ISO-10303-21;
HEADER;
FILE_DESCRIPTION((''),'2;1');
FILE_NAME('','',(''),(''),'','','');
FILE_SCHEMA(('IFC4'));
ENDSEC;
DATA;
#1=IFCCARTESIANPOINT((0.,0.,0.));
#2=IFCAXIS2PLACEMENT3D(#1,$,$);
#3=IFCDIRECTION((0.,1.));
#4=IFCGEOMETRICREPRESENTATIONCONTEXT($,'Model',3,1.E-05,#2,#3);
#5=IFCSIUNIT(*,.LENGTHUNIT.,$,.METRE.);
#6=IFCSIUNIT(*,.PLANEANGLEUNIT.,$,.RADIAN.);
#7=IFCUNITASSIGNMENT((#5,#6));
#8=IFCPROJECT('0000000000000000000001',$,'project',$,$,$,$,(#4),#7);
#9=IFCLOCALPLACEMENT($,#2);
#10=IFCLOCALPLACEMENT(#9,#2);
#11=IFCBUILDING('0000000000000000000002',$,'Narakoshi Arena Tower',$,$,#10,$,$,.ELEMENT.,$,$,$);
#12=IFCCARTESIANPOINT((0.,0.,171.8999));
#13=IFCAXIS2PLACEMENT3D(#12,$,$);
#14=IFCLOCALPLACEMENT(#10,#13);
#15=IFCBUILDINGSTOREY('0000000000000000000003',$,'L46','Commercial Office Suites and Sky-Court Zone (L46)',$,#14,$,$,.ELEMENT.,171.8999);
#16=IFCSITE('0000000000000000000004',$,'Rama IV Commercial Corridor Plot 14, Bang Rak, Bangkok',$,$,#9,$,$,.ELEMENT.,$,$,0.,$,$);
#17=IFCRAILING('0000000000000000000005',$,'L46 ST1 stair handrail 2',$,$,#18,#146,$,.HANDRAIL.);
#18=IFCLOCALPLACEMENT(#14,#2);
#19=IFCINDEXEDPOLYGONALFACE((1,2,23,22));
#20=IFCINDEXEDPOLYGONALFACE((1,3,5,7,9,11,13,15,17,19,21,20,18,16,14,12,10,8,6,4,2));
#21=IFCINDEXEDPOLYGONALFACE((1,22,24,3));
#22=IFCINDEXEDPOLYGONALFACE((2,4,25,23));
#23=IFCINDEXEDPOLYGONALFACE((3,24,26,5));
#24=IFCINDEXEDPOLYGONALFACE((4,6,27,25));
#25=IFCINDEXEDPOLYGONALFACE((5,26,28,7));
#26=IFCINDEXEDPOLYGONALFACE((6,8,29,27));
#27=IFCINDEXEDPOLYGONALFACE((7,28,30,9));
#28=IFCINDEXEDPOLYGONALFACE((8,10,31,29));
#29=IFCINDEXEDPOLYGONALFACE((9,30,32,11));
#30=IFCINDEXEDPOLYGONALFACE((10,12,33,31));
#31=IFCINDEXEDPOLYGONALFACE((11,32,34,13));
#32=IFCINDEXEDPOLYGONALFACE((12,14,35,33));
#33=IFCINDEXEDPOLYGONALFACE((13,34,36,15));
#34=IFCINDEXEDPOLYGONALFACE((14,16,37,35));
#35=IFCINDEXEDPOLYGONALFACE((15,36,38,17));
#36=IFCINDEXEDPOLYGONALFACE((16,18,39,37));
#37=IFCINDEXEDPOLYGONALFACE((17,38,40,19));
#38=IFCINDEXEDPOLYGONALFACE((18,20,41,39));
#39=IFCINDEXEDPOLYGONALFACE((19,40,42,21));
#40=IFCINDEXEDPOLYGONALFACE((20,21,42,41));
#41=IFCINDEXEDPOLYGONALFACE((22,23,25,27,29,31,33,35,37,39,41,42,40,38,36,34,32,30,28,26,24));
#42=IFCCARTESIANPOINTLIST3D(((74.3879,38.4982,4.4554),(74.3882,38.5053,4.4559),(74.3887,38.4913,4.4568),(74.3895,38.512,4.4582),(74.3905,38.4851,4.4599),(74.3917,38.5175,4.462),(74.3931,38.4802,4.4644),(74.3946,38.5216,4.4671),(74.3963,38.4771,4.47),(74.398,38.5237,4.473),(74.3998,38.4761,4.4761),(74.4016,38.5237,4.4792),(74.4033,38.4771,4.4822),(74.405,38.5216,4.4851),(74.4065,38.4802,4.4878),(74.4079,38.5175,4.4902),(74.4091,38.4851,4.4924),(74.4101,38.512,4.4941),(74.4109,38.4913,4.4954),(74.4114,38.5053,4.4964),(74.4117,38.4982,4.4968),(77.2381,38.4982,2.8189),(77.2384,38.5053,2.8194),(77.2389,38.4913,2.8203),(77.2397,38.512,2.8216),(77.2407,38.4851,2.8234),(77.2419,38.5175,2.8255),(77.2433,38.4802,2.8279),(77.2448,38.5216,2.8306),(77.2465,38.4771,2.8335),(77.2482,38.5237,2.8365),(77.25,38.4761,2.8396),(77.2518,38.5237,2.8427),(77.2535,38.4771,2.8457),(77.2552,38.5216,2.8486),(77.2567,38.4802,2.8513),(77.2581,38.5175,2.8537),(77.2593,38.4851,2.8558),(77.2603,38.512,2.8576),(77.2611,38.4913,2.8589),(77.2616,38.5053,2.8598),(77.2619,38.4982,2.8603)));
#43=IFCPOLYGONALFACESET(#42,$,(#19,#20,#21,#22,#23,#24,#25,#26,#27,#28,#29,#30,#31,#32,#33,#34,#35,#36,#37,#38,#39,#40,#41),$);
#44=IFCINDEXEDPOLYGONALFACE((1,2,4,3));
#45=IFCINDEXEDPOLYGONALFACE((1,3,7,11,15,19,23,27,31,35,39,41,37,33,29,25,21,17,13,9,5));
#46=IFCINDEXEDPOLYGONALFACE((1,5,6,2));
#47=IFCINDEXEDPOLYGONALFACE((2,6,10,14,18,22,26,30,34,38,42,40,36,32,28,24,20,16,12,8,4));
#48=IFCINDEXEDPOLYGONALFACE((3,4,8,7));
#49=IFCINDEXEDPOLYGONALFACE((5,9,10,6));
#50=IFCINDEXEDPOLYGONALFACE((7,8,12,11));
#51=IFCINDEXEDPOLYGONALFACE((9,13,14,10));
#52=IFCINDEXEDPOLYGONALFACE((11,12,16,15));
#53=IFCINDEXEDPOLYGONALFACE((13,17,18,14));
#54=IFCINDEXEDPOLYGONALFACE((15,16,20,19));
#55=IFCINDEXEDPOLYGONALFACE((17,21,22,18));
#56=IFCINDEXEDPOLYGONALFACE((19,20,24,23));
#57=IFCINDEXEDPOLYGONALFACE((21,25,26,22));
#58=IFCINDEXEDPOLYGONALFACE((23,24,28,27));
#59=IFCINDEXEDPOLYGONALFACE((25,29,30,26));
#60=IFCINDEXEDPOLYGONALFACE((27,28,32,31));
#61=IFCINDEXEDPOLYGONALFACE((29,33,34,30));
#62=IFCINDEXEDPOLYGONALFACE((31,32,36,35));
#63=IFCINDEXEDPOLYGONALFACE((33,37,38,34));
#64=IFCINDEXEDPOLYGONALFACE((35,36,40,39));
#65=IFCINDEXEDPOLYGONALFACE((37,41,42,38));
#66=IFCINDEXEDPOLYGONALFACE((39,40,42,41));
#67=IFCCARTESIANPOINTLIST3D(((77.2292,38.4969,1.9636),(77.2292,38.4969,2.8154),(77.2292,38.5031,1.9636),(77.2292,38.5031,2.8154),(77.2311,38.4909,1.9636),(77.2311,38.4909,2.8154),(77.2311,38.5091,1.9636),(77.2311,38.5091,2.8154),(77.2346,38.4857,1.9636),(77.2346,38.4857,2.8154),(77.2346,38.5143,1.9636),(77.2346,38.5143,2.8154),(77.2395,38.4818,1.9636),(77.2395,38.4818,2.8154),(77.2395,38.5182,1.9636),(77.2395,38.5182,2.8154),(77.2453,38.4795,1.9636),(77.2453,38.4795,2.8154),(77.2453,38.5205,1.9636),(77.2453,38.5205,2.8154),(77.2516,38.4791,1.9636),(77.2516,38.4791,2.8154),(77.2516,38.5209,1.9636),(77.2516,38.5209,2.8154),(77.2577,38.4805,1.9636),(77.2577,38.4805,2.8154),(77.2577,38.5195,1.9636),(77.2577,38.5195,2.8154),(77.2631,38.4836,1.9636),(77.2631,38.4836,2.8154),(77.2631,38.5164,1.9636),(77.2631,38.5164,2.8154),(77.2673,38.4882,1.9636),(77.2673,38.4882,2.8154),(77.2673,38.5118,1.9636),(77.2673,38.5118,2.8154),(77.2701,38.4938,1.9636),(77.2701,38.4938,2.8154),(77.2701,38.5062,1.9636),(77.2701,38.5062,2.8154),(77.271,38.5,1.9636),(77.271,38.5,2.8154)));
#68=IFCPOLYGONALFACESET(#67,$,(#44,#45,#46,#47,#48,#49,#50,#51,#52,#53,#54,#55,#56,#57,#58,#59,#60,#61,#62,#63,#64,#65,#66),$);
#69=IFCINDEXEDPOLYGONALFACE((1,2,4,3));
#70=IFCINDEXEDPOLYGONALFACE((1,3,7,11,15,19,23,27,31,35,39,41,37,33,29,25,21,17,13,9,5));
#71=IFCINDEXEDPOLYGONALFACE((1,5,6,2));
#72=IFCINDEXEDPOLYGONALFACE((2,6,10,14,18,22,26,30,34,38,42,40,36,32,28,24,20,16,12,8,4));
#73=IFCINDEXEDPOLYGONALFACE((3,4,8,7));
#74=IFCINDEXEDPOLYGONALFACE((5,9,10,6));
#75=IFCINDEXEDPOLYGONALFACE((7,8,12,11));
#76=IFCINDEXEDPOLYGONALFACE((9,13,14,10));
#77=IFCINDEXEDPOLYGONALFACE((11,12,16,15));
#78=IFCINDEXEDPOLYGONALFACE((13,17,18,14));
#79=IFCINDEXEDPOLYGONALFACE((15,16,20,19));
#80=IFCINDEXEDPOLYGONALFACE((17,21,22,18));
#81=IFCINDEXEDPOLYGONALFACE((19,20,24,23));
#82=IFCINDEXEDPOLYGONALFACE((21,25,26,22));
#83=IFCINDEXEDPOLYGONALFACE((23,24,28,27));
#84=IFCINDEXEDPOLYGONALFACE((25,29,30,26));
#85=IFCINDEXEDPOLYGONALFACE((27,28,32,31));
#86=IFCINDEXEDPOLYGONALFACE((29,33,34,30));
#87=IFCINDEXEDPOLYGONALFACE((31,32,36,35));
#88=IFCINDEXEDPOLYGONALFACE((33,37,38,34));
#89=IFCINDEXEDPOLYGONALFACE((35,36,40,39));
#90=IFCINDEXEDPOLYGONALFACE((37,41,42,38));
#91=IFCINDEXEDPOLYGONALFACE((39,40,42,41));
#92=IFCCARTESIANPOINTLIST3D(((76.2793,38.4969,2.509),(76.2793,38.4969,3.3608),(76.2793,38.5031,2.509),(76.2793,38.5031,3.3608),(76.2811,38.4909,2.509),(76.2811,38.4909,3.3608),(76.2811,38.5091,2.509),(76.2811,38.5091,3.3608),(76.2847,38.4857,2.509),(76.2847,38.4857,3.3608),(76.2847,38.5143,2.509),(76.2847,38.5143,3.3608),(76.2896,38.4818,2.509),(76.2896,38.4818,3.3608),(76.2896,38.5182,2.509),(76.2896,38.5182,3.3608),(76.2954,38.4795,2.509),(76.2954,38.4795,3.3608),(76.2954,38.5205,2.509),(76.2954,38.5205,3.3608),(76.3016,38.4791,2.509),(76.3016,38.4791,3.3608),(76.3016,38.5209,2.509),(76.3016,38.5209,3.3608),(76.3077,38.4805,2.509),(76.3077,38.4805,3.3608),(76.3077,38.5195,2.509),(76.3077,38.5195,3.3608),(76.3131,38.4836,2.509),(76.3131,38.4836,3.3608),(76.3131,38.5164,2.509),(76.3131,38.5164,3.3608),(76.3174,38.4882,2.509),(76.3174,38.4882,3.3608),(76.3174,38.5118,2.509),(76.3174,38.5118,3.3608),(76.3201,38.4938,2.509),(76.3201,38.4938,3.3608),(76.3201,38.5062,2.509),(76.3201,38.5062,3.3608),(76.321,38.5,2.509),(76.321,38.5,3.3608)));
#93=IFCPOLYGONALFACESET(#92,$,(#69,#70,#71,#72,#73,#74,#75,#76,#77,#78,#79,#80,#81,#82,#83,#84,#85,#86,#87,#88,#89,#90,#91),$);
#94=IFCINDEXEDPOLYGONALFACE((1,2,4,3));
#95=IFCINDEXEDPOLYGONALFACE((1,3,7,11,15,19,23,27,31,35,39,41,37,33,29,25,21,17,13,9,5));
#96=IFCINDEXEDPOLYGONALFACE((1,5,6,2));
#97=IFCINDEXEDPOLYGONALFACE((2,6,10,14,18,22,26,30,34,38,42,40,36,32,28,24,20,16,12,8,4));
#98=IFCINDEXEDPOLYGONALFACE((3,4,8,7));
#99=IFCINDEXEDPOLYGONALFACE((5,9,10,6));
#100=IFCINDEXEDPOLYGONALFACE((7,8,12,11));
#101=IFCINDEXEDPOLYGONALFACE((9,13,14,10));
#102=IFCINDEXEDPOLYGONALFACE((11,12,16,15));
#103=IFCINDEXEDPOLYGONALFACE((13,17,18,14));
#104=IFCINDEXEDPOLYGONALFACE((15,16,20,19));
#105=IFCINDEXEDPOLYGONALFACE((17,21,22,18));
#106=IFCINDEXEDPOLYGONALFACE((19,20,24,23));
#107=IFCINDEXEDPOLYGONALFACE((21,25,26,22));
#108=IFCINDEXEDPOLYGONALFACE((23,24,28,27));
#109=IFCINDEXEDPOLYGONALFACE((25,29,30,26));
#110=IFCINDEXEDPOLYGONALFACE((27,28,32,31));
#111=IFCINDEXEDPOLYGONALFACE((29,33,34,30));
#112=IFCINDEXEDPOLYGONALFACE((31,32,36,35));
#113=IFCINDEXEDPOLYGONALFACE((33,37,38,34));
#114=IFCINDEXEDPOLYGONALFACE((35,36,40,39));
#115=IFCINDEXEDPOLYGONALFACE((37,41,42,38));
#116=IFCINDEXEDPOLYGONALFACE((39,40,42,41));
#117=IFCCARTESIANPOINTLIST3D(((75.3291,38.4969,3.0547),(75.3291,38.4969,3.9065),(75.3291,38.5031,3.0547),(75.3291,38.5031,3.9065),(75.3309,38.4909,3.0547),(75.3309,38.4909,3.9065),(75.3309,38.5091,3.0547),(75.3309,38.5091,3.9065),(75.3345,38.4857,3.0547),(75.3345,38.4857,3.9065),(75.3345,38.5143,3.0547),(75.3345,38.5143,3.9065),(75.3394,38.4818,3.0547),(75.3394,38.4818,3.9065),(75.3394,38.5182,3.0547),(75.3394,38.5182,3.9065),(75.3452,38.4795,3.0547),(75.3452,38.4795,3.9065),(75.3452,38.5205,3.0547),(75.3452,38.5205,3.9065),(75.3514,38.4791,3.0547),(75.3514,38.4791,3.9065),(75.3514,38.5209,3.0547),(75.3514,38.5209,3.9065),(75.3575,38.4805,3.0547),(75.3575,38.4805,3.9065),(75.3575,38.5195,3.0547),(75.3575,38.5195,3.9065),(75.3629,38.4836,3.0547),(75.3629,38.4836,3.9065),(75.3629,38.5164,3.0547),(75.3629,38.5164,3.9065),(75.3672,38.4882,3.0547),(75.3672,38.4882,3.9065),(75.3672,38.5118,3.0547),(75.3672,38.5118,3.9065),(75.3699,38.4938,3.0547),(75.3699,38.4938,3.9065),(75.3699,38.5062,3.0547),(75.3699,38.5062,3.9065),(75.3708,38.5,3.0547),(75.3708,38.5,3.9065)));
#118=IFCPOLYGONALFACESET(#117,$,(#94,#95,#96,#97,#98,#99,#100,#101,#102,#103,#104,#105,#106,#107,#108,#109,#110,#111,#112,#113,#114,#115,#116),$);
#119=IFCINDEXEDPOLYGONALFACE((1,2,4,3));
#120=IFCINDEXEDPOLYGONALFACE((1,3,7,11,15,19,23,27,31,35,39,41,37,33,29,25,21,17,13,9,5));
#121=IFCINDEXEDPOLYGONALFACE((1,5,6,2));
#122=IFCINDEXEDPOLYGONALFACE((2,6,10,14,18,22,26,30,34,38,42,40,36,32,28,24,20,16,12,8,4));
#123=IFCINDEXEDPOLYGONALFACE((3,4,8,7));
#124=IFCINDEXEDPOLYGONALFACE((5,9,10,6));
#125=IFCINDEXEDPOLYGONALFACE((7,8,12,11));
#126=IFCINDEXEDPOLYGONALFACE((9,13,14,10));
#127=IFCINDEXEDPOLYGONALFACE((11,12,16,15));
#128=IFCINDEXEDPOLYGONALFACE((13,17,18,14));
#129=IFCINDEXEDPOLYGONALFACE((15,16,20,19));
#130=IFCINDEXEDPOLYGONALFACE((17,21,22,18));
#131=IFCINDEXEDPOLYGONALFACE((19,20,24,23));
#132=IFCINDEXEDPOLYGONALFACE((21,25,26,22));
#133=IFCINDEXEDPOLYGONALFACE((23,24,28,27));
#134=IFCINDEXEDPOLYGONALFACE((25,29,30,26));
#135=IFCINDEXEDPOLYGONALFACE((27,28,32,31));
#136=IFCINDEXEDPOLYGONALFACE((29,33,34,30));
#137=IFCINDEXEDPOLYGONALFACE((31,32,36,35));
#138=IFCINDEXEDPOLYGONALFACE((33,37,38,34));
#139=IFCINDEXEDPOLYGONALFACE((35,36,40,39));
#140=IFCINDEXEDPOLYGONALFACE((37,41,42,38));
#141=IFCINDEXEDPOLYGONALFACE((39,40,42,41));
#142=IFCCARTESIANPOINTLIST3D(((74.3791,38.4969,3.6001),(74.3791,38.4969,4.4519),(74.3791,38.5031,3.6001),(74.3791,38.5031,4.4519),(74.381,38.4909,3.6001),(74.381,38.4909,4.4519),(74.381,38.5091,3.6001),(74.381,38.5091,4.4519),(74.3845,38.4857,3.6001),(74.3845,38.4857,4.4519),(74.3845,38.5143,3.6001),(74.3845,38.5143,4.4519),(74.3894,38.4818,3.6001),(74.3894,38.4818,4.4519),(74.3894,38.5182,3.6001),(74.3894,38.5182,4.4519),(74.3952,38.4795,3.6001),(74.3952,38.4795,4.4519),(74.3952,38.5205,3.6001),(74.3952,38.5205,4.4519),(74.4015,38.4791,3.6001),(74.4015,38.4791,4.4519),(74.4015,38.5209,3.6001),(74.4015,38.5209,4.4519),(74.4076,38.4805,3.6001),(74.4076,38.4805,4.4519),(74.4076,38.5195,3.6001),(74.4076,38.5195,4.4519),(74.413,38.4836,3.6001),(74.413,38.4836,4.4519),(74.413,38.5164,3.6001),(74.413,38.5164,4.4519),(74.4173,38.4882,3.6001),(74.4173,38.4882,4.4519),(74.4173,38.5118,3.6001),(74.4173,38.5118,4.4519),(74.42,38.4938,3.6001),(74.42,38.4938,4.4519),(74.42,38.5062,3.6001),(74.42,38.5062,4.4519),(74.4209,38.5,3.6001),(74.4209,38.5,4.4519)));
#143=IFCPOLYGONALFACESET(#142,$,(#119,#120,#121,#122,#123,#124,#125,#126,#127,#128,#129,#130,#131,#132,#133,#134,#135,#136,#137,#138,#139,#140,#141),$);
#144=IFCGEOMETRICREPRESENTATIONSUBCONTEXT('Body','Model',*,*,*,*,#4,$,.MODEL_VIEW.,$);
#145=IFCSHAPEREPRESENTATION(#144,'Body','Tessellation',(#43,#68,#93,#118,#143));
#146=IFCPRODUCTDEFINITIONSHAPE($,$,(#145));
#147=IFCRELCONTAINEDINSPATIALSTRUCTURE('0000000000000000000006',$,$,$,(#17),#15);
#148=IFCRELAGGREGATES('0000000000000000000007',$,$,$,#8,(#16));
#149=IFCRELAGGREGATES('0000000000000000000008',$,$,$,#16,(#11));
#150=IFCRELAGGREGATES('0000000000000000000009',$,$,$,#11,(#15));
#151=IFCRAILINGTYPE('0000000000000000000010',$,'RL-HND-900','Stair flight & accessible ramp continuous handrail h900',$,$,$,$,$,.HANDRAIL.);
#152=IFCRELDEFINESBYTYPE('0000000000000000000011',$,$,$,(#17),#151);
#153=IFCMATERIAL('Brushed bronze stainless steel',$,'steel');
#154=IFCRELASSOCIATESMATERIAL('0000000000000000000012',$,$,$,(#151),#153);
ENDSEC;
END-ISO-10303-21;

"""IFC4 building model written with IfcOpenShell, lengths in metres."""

from ifc_helpers import new_model, si_unit, direction, frame, origin, origin_2d, place, context, subcontext, project, spatial, circle, extrude, material, type_object, element, save


model = new_model("IFC4")

# Units and contexts
model_context = context("Model", 3, precision=1e-05, world=origin(), true_north=direction((0.0, 1.0)))
body_context = subcontext(model_context, "Body", "Model", "MODEL_VIEW")
ifc_project = project(units=[si_unit("LENGTHUNIT", "METRE"), si_unit("PLANEANGLEUNIT", "RADIAN")], contexts=[model_context])

# Site, building, storey
site_placement = place(None, origin())
site = spatial("IfcSite", under=ifc_project, at=site_placement, Name="Rama IV Commercial Corridor Plot 14, Bang Rak, Bangkok", CompositionType="ELEMENT", RefElevation=0.0)
building_placement = place(site_placement, origin())
building = spatial("IfcBuilding", under=site, at=building_placement, Name="Narakoshi Arena Tower", CompositionType="ELEMENT")
storey_placement = place(building_placement, frame((0.0, 0.0, 171.8999)))
storey = spatial("IfcBuildingStorey", under=building, at=storey_placement, Name="L46", Description="Commercial Office Suites and Sky-Court Zone (L46)", CompositionType="ELEMENT", Elevation=171.8999)

# Railing
ifc_material_1 = material(Name="Brushed bronze stainless steel", Category="steel")
railing_type_1 = type_object("IfcRailingType", Name="RL-HND-900", Description="Stair flight & accessible ramp continuous handrail h900", PredefinedType="HANDRAIL", material=ifc_material_1)
railing_1_placement = place(storey_placement, frame((77.25, 38.5, 1.9636)))
element("IfcRailing", 1, at=railing_1_placement, inside=storey, type_object=railing_type_1, Name="L46 ST1 stair handrail 2", PredefinedType="HANDRAIL", context=body_context, shape_type="SweptSolid", body=[
    extrude(circle(Radius=0.0239, at=origin_2d()), frame((0.0, 0.0, 0.876), z_axis=(-0.867213, 0.0, 0.497938), x_axis=(0.0, -1.0, 0.0)), (0.0, 0.0, 1.0), 3.2866),
    extrude(circle(Radius=0.021, at=origin_2d()), origin(), (0.0, 0.0, 1.0), 0.8518),
    extrude(circle(Radius=0.021, at=origin_2d()), frame((-0.95, 0.0, 0.5454)), (0.0, 0.0, 1.0), 0.8518),
    extrude(circle(Radius=0.021, at=origin_2d()), frame((-1.9001, 0.0, 1.0911)), (0.0, 0.0, 1.0), 0.8518),
    extrude(circle(Radius=0.021, at=origin_2d()), frame((-2.8501, 0.0, 1.6365)), (0.0, 0.0, 1.0), 0.8518),
])

save(model, "model.ifc")
